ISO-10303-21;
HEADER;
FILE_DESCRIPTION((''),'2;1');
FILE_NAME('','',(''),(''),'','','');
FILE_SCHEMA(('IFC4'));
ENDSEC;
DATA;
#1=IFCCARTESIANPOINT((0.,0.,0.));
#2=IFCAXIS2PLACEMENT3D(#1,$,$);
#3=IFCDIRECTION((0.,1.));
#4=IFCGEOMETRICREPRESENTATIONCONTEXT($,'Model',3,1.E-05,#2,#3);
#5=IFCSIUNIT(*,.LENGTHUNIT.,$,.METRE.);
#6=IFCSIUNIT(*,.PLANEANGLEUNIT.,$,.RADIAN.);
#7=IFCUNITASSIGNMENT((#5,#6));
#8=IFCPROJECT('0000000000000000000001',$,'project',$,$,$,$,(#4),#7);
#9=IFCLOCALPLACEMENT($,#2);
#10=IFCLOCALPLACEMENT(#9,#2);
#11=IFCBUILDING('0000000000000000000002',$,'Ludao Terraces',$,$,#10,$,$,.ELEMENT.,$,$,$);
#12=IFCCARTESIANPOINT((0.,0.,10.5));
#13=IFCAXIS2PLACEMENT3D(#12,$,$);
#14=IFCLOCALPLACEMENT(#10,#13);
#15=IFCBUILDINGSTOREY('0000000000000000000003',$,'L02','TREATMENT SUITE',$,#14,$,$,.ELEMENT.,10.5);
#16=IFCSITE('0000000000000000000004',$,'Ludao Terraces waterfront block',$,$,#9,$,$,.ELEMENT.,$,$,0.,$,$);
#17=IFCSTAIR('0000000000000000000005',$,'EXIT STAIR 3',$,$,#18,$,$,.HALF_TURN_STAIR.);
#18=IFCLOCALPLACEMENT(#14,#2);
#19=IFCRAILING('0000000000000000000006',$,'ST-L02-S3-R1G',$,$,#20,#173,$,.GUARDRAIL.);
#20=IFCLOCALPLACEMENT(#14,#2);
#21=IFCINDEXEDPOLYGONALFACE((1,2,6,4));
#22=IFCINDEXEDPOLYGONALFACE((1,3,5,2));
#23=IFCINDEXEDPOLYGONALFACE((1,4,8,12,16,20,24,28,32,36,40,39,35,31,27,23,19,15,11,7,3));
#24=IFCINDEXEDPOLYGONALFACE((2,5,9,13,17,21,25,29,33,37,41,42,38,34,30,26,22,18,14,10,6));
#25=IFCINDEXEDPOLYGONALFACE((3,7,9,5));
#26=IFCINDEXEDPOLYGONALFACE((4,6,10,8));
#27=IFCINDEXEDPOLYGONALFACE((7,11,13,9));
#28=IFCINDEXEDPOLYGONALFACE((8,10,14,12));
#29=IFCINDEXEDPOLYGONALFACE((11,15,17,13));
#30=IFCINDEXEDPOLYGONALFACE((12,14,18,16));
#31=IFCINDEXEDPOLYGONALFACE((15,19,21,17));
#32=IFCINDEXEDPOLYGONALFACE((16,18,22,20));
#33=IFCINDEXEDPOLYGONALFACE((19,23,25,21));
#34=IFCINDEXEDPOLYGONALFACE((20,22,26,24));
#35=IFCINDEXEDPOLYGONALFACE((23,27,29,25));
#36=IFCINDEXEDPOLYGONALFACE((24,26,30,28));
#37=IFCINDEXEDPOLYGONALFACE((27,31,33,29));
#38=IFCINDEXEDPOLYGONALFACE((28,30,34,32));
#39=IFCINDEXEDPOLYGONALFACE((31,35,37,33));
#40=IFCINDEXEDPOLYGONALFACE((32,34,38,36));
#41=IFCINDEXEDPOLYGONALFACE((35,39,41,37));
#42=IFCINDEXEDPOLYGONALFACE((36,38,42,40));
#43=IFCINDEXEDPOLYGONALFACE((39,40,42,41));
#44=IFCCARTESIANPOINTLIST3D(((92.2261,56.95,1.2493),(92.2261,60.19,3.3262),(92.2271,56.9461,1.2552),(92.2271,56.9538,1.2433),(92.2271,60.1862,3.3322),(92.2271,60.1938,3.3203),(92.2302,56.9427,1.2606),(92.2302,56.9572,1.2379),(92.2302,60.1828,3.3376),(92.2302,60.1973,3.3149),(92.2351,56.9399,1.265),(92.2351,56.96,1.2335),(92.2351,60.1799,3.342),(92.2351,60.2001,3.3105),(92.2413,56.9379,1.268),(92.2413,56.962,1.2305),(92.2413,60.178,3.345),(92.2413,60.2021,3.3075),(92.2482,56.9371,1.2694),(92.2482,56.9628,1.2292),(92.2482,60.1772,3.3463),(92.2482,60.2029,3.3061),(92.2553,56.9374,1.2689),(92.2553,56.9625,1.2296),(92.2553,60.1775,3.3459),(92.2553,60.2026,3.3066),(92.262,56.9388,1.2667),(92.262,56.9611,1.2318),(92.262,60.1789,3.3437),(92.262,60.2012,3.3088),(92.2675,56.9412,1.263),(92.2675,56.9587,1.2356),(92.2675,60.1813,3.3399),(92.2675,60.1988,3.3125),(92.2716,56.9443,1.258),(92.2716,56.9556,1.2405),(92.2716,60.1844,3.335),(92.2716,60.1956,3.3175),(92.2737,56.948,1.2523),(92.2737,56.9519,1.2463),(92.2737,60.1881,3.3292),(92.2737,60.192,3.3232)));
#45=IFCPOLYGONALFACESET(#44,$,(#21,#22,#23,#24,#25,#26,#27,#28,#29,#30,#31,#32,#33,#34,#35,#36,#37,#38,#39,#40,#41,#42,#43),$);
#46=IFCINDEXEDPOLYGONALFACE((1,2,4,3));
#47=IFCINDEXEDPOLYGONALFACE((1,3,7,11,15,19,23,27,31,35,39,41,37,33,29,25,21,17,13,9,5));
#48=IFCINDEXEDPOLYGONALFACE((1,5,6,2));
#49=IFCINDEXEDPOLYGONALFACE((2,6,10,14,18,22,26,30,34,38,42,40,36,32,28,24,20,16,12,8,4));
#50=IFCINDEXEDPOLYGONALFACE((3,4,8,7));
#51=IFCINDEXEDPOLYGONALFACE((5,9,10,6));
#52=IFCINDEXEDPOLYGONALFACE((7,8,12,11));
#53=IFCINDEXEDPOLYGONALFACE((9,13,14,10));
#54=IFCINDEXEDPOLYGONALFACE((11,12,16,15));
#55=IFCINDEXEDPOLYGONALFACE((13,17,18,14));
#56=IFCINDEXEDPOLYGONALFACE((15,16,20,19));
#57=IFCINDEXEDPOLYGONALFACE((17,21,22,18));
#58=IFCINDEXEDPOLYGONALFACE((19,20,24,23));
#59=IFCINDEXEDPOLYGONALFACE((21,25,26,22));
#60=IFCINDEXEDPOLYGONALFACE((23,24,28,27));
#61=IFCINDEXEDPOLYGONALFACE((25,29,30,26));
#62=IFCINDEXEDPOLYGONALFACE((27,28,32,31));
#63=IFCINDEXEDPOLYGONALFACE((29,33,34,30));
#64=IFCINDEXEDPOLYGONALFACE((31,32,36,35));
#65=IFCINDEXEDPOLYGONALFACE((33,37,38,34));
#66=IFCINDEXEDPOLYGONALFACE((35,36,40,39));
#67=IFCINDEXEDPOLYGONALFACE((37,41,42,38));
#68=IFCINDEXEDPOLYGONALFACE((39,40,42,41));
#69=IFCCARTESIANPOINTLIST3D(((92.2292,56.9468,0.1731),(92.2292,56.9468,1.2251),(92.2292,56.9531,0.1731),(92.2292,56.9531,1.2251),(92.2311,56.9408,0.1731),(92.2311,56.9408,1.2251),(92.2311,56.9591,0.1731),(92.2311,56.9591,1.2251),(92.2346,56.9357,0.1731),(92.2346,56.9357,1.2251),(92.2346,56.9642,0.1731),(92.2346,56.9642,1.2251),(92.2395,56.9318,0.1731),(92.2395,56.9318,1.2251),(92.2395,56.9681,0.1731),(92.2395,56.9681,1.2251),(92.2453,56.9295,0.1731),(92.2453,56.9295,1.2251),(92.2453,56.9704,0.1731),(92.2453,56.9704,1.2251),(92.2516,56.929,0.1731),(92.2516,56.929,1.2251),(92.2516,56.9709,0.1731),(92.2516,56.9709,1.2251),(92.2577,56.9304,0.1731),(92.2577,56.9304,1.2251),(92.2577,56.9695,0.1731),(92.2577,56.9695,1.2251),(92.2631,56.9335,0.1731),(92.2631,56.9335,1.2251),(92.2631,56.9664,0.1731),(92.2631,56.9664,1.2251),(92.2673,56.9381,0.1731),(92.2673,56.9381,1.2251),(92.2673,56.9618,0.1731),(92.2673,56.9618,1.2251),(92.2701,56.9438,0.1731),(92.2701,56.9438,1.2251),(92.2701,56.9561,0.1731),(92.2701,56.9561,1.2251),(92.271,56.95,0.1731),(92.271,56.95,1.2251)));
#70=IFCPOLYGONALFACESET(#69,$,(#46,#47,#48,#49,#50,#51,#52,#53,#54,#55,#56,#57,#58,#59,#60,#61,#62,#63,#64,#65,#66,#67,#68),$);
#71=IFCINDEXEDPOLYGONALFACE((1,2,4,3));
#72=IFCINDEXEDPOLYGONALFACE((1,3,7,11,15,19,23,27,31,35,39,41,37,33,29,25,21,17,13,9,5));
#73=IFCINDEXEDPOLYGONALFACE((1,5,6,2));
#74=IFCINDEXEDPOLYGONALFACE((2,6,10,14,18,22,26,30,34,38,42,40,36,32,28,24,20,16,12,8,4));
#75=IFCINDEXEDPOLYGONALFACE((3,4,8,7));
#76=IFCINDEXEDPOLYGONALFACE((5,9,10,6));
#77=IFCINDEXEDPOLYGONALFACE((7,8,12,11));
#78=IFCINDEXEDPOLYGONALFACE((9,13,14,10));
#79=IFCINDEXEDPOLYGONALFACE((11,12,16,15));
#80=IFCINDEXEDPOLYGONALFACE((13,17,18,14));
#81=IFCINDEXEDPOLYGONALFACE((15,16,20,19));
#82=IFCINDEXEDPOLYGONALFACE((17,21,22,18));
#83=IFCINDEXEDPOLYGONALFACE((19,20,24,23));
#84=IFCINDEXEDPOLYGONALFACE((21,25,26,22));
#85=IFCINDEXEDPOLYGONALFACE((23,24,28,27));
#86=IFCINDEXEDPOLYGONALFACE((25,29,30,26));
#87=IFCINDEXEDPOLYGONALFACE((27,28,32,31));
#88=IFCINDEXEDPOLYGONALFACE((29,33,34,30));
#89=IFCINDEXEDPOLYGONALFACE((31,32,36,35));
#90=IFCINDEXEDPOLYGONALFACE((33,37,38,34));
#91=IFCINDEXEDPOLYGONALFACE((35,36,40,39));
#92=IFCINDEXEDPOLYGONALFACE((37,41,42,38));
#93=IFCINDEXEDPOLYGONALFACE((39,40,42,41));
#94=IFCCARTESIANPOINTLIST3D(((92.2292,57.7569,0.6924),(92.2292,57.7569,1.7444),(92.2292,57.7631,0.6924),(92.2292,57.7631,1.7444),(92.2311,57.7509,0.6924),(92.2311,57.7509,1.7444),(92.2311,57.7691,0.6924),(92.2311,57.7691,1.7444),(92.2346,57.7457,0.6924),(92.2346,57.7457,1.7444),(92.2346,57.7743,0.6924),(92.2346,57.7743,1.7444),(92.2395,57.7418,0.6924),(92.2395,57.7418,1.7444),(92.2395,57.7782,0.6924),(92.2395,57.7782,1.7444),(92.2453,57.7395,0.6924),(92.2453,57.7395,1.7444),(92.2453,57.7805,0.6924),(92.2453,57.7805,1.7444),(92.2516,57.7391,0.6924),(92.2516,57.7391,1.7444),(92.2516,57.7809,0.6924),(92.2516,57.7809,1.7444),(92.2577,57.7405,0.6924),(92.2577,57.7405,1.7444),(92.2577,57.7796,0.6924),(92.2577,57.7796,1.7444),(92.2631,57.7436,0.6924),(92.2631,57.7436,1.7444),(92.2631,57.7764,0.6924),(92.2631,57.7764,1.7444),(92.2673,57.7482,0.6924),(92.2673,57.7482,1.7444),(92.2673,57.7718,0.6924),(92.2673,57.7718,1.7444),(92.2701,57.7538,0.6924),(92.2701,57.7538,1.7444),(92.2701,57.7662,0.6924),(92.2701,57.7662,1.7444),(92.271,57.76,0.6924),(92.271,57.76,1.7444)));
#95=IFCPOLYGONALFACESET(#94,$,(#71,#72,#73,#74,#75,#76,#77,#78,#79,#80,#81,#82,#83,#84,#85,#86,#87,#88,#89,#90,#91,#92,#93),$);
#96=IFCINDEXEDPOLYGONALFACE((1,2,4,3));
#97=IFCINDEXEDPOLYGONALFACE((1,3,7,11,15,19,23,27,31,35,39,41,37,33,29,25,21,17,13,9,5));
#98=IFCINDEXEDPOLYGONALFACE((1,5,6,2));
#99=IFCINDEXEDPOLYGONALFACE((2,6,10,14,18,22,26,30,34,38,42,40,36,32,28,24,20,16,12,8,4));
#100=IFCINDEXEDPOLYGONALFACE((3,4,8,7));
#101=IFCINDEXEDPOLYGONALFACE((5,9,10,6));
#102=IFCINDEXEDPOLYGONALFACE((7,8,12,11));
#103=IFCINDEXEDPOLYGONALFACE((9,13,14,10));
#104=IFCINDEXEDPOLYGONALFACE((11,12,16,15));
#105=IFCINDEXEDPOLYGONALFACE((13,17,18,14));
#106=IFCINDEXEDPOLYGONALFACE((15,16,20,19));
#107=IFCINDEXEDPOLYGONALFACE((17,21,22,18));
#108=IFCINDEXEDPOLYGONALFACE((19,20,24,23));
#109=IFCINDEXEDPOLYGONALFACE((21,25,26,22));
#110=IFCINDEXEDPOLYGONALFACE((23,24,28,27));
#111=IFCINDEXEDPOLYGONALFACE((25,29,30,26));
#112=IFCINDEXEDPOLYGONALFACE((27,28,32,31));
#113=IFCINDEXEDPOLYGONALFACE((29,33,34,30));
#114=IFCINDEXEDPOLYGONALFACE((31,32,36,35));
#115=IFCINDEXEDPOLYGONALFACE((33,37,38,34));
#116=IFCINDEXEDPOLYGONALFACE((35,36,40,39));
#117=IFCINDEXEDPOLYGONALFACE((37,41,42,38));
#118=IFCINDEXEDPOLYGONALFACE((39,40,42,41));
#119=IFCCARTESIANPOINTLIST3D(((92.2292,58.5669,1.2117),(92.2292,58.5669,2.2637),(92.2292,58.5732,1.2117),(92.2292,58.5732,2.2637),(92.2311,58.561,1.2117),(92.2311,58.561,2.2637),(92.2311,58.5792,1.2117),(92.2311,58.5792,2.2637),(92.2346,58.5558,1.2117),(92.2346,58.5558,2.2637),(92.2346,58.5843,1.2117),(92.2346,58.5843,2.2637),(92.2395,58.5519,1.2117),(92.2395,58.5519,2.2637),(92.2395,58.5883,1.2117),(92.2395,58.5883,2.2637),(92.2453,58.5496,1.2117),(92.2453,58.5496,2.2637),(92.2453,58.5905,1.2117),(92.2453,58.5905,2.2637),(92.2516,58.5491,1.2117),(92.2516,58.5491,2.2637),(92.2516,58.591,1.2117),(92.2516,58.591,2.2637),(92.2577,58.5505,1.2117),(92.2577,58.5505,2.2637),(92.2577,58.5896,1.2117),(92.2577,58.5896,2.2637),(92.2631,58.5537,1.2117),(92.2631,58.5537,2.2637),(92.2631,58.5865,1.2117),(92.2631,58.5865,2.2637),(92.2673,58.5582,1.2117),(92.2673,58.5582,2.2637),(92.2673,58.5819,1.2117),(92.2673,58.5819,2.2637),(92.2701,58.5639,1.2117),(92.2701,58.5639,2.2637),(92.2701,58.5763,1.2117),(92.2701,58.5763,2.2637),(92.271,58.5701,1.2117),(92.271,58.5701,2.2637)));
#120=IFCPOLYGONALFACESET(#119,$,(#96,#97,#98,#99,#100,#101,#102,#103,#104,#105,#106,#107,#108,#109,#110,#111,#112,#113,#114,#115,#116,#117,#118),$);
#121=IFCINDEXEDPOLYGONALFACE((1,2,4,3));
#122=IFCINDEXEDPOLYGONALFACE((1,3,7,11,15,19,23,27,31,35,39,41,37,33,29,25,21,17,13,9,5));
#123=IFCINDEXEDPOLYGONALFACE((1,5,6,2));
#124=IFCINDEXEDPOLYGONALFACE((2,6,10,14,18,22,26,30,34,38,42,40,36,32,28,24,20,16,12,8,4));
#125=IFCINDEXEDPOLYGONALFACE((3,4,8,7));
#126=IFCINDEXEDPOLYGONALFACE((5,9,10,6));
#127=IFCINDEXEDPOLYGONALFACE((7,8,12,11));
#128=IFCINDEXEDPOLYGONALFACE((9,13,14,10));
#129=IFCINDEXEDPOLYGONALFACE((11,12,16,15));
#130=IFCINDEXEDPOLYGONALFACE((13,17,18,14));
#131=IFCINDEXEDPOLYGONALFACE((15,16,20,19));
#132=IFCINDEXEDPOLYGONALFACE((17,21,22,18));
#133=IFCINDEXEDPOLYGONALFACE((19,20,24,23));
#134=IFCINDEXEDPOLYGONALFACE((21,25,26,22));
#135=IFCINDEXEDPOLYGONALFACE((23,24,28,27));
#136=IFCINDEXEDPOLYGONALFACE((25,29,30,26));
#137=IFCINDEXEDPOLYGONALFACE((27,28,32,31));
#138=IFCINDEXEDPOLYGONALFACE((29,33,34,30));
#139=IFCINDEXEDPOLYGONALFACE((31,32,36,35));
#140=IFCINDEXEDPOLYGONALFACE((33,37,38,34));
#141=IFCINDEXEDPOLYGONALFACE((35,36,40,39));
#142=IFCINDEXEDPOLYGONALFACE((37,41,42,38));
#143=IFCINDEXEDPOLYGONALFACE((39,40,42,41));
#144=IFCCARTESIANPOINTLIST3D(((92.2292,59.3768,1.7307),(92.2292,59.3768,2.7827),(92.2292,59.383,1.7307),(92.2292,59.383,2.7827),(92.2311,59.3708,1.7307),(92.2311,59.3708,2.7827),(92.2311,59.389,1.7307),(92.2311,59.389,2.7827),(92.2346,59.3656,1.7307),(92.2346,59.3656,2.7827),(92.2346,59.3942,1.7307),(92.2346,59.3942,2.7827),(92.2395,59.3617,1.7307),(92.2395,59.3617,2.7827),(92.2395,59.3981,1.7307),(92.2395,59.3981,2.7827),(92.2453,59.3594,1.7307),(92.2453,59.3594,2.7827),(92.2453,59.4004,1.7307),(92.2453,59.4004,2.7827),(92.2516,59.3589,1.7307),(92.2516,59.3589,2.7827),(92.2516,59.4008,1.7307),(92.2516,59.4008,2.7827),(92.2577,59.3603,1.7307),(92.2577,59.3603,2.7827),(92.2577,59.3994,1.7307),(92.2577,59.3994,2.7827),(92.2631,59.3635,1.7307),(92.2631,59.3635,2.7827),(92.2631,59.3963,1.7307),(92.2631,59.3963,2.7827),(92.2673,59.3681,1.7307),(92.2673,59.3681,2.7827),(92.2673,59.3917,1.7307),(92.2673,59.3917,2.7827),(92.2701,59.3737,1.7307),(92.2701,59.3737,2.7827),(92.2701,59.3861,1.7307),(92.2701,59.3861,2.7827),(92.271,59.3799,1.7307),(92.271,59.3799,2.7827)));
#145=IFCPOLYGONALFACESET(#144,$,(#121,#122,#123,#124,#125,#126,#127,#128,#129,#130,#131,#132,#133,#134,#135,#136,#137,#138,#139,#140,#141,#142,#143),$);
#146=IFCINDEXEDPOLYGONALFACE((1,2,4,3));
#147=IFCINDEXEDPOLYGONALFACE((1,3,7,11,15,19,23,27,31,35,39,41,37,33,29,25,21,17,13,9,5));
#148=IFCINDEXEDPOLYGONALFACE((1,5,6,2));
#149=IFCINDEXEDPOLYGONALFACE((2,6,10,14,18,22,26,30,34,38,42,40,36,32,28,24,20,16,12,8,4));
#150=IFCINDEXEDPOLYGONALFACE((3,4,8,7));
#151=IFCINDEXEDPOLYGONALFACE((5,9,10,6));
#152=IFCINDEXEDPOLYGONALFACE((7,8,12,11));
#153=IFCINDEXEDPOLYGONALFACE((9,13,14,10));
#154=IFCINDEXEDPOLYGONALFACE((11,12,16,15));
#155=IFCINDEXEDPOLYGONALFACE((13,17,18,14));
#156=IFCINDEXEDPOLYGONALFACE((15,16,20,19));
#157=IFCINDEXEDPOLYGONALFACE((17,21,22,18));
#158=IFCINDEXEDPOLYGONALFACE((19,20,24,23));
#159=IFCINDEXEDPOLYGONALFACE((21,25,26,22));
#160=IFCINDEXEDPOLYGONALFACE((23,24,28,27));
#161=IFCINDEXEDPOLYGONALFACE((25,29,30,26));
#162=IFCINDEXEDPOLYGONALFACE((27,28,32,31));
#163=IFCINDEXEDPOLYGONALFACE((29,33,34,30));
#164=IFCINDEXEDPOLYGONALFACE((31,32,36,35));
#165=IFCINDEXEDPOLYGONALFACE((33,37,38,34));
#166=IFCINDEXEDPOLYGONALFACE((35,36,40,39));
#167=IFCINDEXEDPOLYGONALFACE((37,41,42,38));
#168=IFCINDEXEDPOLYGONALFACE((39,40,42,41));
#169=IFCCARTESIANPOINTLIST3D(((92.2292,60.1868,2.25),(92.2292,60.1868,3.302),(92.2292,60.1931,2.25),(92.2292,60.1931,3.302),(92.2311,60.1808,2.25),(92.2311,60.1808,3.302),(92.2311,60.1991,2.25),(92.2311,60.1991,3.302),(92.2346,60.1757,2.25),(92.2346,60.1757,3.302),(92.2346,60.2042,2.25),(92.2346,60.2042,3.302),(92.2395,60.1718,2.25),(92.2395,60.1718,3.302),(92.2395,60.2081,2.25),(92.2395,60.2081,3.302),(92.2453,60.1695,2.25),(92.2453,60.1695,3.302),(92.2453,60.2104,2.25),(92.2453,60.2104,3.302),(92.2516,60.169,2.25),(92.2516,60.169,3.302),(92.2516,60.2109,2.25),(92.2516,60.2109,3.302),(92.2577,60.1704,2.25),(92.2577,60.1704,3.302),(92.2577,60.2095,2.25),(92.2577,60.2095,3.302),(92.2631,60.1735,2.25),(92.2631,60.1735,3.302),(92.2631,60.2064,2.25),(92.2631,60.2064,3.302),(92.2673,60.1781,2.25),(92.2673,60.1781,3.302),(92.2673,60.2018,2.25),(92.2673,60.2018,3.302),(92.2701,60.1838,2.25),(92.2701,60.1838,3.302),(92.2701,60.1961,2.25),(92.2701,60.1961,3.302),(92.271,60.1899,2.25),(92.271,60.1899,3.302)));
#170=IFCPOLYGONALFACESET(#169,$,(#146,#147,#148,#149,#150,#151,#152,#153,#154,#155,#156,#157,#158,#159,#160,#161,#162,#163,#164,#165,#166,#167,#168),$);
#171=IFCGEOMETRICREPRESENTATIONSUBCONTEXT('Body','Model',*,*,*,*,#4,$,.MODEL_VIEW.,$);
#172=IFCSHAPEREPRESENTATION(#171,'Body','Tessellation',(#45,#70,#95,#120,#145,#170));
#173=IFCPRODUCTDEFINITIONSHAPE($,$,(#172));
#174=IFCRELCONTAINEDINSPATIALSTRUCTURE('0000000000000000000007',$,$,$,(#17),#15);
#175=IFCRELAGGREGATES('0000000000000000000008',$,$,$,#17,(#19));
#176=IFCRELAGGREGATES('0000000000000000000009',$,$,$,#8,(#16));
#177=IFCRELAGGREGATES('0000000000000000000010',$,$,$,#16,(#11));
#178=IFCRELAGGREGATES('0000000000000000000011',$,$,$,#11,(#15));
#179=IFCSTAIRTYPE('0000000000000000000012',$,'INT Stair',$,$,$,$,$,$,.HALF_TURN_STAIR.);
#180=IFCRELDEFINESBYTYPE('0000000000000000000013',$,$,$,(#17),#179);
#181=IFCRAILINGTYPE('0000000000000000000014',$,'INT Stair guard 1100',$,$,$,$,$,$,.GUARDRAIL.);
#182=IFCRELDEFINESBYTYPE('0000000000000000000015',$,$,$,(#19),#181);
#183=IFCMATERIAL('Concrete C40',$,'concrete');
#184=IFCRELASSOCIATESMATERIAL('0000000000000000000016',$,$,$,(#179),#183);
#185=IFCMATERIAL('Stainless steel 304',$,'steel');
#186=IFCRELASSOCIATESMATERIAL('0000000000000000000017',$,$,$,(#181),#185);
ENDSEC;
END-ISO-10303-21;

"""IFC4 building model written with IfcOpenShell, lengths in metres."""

from ifc_helpers import new_model, si_unit, direction, frame, origin, origin_2d, place, context, subcontext, project, spatial, circle, extrude, material, type_object, element, aggregate, save


model = new_model("IFC4")

# Units and contexts
model_context = context("Model", 3, precision=1e-05, world=origin(), true_north=direction((0.0, 1.0)))
body_context = subcontext(model_context, "Body", "Model", "MODEL_VIEW")
ifc_project = project(units=[si_unit("LENGTHUNIT", "METRE"), si_unit("PLANEANGLEUNIT", "RADIAN")], contexts=[model_context])

# Site, building, storey
site_placement = place(None, origin())
site = spatial("IfcSite", under=ifc_project, at=site_placement, Name="Ludao Terraces waterfront block", CompositionType="ELEMENT", RefElevation=0.0)
building_placement = place(site_placement, origin())
building = spatial("IfcBuilding", under=site, at=building_placement, Name="Ludao Terraces", CompositionType="ELEMENT")
storey_placement = place(building_placement, frame((0.0, 0.0, 10.5)))
storey = spatial("IfcBuildingStorey", under=building, at=storey_placement, Name="L02", Description="TREATMENT SUITE", CompositionType="ELEMENT", Elevation=10.5)

# Stair, railing
ifc_material_1 = material(Name="Concrete C40", Category="concrete")
stair_type = type_object("IfcStairType", Name="INT Stair", PredefinedType="HALF_TURN_STAIR", material=ifc_material_1)
stair_placement = place(storey_placement, origin())
stair = element("IfcStair", 1, at=stair_placement, inside=storey, type_object=stair_type, Name="EXIT STAIR 3", PredefinedType="HALF_TURN_STAIR")
ifc_material_2 = material(Name="Stainless steel 304", Category="steel")
railing_type_1 = type_object("IfcRailingType", Name="INT Stair guard 1100", PredefinedType="GUARDRAIL", material=ifc_material_2)
railing_1_placement = place(storey_placement, frame((92.25, 56.95, 0.1731)))
railing_1 = element("IfcRailing", 2, at=railing_1_placement, type_object=railing_type_1, Name="ST-L02-S3-R1G", PredefinedType="GUARDRAIL", context=body_context, shape_type="SweptSolid", body=[
    extrude(circle(Radius=0.0239, at=origin_2d()), frame((0.0, 0.0, 1.0762), z_axis=(0.0, 0.841881, 0.539664), x_axis=(-1.0, 0.0, 0.0)), (0.0, 0.0, 1.0), 3.8486),
    extrude(circle(Radius=0.021, at=origin_2d()), origin(), (0.0, 0.0, 1.0), 1.052),
    extrude(circle(Radius=0.021, at=origin_2d()), frame((0.0, 0.8101, 0.5193)), (0.0, 0.0, 1.0), 1.052),
    extrude(circle(Radius=0.021, at=origin_2d()), frame((0.0, 1.6201, 1.0386)), (0.0, 0.0, 1.0), 1.052),
    extrude(circle(Radius=0.021, at=origin_2d()), frame((0.0, 2.4299, 1.5576)), (0.0, 0.0, 1.0), 1.052),
    extrude(circle(Radius=0.021, at=origin_2d()), frame((0.0, 3.24, 2.0769)), (0.0, 0.0, 1.0), 1.052),
])
aggregate(stair, [railing_1])

save(model, "model.ifc")
